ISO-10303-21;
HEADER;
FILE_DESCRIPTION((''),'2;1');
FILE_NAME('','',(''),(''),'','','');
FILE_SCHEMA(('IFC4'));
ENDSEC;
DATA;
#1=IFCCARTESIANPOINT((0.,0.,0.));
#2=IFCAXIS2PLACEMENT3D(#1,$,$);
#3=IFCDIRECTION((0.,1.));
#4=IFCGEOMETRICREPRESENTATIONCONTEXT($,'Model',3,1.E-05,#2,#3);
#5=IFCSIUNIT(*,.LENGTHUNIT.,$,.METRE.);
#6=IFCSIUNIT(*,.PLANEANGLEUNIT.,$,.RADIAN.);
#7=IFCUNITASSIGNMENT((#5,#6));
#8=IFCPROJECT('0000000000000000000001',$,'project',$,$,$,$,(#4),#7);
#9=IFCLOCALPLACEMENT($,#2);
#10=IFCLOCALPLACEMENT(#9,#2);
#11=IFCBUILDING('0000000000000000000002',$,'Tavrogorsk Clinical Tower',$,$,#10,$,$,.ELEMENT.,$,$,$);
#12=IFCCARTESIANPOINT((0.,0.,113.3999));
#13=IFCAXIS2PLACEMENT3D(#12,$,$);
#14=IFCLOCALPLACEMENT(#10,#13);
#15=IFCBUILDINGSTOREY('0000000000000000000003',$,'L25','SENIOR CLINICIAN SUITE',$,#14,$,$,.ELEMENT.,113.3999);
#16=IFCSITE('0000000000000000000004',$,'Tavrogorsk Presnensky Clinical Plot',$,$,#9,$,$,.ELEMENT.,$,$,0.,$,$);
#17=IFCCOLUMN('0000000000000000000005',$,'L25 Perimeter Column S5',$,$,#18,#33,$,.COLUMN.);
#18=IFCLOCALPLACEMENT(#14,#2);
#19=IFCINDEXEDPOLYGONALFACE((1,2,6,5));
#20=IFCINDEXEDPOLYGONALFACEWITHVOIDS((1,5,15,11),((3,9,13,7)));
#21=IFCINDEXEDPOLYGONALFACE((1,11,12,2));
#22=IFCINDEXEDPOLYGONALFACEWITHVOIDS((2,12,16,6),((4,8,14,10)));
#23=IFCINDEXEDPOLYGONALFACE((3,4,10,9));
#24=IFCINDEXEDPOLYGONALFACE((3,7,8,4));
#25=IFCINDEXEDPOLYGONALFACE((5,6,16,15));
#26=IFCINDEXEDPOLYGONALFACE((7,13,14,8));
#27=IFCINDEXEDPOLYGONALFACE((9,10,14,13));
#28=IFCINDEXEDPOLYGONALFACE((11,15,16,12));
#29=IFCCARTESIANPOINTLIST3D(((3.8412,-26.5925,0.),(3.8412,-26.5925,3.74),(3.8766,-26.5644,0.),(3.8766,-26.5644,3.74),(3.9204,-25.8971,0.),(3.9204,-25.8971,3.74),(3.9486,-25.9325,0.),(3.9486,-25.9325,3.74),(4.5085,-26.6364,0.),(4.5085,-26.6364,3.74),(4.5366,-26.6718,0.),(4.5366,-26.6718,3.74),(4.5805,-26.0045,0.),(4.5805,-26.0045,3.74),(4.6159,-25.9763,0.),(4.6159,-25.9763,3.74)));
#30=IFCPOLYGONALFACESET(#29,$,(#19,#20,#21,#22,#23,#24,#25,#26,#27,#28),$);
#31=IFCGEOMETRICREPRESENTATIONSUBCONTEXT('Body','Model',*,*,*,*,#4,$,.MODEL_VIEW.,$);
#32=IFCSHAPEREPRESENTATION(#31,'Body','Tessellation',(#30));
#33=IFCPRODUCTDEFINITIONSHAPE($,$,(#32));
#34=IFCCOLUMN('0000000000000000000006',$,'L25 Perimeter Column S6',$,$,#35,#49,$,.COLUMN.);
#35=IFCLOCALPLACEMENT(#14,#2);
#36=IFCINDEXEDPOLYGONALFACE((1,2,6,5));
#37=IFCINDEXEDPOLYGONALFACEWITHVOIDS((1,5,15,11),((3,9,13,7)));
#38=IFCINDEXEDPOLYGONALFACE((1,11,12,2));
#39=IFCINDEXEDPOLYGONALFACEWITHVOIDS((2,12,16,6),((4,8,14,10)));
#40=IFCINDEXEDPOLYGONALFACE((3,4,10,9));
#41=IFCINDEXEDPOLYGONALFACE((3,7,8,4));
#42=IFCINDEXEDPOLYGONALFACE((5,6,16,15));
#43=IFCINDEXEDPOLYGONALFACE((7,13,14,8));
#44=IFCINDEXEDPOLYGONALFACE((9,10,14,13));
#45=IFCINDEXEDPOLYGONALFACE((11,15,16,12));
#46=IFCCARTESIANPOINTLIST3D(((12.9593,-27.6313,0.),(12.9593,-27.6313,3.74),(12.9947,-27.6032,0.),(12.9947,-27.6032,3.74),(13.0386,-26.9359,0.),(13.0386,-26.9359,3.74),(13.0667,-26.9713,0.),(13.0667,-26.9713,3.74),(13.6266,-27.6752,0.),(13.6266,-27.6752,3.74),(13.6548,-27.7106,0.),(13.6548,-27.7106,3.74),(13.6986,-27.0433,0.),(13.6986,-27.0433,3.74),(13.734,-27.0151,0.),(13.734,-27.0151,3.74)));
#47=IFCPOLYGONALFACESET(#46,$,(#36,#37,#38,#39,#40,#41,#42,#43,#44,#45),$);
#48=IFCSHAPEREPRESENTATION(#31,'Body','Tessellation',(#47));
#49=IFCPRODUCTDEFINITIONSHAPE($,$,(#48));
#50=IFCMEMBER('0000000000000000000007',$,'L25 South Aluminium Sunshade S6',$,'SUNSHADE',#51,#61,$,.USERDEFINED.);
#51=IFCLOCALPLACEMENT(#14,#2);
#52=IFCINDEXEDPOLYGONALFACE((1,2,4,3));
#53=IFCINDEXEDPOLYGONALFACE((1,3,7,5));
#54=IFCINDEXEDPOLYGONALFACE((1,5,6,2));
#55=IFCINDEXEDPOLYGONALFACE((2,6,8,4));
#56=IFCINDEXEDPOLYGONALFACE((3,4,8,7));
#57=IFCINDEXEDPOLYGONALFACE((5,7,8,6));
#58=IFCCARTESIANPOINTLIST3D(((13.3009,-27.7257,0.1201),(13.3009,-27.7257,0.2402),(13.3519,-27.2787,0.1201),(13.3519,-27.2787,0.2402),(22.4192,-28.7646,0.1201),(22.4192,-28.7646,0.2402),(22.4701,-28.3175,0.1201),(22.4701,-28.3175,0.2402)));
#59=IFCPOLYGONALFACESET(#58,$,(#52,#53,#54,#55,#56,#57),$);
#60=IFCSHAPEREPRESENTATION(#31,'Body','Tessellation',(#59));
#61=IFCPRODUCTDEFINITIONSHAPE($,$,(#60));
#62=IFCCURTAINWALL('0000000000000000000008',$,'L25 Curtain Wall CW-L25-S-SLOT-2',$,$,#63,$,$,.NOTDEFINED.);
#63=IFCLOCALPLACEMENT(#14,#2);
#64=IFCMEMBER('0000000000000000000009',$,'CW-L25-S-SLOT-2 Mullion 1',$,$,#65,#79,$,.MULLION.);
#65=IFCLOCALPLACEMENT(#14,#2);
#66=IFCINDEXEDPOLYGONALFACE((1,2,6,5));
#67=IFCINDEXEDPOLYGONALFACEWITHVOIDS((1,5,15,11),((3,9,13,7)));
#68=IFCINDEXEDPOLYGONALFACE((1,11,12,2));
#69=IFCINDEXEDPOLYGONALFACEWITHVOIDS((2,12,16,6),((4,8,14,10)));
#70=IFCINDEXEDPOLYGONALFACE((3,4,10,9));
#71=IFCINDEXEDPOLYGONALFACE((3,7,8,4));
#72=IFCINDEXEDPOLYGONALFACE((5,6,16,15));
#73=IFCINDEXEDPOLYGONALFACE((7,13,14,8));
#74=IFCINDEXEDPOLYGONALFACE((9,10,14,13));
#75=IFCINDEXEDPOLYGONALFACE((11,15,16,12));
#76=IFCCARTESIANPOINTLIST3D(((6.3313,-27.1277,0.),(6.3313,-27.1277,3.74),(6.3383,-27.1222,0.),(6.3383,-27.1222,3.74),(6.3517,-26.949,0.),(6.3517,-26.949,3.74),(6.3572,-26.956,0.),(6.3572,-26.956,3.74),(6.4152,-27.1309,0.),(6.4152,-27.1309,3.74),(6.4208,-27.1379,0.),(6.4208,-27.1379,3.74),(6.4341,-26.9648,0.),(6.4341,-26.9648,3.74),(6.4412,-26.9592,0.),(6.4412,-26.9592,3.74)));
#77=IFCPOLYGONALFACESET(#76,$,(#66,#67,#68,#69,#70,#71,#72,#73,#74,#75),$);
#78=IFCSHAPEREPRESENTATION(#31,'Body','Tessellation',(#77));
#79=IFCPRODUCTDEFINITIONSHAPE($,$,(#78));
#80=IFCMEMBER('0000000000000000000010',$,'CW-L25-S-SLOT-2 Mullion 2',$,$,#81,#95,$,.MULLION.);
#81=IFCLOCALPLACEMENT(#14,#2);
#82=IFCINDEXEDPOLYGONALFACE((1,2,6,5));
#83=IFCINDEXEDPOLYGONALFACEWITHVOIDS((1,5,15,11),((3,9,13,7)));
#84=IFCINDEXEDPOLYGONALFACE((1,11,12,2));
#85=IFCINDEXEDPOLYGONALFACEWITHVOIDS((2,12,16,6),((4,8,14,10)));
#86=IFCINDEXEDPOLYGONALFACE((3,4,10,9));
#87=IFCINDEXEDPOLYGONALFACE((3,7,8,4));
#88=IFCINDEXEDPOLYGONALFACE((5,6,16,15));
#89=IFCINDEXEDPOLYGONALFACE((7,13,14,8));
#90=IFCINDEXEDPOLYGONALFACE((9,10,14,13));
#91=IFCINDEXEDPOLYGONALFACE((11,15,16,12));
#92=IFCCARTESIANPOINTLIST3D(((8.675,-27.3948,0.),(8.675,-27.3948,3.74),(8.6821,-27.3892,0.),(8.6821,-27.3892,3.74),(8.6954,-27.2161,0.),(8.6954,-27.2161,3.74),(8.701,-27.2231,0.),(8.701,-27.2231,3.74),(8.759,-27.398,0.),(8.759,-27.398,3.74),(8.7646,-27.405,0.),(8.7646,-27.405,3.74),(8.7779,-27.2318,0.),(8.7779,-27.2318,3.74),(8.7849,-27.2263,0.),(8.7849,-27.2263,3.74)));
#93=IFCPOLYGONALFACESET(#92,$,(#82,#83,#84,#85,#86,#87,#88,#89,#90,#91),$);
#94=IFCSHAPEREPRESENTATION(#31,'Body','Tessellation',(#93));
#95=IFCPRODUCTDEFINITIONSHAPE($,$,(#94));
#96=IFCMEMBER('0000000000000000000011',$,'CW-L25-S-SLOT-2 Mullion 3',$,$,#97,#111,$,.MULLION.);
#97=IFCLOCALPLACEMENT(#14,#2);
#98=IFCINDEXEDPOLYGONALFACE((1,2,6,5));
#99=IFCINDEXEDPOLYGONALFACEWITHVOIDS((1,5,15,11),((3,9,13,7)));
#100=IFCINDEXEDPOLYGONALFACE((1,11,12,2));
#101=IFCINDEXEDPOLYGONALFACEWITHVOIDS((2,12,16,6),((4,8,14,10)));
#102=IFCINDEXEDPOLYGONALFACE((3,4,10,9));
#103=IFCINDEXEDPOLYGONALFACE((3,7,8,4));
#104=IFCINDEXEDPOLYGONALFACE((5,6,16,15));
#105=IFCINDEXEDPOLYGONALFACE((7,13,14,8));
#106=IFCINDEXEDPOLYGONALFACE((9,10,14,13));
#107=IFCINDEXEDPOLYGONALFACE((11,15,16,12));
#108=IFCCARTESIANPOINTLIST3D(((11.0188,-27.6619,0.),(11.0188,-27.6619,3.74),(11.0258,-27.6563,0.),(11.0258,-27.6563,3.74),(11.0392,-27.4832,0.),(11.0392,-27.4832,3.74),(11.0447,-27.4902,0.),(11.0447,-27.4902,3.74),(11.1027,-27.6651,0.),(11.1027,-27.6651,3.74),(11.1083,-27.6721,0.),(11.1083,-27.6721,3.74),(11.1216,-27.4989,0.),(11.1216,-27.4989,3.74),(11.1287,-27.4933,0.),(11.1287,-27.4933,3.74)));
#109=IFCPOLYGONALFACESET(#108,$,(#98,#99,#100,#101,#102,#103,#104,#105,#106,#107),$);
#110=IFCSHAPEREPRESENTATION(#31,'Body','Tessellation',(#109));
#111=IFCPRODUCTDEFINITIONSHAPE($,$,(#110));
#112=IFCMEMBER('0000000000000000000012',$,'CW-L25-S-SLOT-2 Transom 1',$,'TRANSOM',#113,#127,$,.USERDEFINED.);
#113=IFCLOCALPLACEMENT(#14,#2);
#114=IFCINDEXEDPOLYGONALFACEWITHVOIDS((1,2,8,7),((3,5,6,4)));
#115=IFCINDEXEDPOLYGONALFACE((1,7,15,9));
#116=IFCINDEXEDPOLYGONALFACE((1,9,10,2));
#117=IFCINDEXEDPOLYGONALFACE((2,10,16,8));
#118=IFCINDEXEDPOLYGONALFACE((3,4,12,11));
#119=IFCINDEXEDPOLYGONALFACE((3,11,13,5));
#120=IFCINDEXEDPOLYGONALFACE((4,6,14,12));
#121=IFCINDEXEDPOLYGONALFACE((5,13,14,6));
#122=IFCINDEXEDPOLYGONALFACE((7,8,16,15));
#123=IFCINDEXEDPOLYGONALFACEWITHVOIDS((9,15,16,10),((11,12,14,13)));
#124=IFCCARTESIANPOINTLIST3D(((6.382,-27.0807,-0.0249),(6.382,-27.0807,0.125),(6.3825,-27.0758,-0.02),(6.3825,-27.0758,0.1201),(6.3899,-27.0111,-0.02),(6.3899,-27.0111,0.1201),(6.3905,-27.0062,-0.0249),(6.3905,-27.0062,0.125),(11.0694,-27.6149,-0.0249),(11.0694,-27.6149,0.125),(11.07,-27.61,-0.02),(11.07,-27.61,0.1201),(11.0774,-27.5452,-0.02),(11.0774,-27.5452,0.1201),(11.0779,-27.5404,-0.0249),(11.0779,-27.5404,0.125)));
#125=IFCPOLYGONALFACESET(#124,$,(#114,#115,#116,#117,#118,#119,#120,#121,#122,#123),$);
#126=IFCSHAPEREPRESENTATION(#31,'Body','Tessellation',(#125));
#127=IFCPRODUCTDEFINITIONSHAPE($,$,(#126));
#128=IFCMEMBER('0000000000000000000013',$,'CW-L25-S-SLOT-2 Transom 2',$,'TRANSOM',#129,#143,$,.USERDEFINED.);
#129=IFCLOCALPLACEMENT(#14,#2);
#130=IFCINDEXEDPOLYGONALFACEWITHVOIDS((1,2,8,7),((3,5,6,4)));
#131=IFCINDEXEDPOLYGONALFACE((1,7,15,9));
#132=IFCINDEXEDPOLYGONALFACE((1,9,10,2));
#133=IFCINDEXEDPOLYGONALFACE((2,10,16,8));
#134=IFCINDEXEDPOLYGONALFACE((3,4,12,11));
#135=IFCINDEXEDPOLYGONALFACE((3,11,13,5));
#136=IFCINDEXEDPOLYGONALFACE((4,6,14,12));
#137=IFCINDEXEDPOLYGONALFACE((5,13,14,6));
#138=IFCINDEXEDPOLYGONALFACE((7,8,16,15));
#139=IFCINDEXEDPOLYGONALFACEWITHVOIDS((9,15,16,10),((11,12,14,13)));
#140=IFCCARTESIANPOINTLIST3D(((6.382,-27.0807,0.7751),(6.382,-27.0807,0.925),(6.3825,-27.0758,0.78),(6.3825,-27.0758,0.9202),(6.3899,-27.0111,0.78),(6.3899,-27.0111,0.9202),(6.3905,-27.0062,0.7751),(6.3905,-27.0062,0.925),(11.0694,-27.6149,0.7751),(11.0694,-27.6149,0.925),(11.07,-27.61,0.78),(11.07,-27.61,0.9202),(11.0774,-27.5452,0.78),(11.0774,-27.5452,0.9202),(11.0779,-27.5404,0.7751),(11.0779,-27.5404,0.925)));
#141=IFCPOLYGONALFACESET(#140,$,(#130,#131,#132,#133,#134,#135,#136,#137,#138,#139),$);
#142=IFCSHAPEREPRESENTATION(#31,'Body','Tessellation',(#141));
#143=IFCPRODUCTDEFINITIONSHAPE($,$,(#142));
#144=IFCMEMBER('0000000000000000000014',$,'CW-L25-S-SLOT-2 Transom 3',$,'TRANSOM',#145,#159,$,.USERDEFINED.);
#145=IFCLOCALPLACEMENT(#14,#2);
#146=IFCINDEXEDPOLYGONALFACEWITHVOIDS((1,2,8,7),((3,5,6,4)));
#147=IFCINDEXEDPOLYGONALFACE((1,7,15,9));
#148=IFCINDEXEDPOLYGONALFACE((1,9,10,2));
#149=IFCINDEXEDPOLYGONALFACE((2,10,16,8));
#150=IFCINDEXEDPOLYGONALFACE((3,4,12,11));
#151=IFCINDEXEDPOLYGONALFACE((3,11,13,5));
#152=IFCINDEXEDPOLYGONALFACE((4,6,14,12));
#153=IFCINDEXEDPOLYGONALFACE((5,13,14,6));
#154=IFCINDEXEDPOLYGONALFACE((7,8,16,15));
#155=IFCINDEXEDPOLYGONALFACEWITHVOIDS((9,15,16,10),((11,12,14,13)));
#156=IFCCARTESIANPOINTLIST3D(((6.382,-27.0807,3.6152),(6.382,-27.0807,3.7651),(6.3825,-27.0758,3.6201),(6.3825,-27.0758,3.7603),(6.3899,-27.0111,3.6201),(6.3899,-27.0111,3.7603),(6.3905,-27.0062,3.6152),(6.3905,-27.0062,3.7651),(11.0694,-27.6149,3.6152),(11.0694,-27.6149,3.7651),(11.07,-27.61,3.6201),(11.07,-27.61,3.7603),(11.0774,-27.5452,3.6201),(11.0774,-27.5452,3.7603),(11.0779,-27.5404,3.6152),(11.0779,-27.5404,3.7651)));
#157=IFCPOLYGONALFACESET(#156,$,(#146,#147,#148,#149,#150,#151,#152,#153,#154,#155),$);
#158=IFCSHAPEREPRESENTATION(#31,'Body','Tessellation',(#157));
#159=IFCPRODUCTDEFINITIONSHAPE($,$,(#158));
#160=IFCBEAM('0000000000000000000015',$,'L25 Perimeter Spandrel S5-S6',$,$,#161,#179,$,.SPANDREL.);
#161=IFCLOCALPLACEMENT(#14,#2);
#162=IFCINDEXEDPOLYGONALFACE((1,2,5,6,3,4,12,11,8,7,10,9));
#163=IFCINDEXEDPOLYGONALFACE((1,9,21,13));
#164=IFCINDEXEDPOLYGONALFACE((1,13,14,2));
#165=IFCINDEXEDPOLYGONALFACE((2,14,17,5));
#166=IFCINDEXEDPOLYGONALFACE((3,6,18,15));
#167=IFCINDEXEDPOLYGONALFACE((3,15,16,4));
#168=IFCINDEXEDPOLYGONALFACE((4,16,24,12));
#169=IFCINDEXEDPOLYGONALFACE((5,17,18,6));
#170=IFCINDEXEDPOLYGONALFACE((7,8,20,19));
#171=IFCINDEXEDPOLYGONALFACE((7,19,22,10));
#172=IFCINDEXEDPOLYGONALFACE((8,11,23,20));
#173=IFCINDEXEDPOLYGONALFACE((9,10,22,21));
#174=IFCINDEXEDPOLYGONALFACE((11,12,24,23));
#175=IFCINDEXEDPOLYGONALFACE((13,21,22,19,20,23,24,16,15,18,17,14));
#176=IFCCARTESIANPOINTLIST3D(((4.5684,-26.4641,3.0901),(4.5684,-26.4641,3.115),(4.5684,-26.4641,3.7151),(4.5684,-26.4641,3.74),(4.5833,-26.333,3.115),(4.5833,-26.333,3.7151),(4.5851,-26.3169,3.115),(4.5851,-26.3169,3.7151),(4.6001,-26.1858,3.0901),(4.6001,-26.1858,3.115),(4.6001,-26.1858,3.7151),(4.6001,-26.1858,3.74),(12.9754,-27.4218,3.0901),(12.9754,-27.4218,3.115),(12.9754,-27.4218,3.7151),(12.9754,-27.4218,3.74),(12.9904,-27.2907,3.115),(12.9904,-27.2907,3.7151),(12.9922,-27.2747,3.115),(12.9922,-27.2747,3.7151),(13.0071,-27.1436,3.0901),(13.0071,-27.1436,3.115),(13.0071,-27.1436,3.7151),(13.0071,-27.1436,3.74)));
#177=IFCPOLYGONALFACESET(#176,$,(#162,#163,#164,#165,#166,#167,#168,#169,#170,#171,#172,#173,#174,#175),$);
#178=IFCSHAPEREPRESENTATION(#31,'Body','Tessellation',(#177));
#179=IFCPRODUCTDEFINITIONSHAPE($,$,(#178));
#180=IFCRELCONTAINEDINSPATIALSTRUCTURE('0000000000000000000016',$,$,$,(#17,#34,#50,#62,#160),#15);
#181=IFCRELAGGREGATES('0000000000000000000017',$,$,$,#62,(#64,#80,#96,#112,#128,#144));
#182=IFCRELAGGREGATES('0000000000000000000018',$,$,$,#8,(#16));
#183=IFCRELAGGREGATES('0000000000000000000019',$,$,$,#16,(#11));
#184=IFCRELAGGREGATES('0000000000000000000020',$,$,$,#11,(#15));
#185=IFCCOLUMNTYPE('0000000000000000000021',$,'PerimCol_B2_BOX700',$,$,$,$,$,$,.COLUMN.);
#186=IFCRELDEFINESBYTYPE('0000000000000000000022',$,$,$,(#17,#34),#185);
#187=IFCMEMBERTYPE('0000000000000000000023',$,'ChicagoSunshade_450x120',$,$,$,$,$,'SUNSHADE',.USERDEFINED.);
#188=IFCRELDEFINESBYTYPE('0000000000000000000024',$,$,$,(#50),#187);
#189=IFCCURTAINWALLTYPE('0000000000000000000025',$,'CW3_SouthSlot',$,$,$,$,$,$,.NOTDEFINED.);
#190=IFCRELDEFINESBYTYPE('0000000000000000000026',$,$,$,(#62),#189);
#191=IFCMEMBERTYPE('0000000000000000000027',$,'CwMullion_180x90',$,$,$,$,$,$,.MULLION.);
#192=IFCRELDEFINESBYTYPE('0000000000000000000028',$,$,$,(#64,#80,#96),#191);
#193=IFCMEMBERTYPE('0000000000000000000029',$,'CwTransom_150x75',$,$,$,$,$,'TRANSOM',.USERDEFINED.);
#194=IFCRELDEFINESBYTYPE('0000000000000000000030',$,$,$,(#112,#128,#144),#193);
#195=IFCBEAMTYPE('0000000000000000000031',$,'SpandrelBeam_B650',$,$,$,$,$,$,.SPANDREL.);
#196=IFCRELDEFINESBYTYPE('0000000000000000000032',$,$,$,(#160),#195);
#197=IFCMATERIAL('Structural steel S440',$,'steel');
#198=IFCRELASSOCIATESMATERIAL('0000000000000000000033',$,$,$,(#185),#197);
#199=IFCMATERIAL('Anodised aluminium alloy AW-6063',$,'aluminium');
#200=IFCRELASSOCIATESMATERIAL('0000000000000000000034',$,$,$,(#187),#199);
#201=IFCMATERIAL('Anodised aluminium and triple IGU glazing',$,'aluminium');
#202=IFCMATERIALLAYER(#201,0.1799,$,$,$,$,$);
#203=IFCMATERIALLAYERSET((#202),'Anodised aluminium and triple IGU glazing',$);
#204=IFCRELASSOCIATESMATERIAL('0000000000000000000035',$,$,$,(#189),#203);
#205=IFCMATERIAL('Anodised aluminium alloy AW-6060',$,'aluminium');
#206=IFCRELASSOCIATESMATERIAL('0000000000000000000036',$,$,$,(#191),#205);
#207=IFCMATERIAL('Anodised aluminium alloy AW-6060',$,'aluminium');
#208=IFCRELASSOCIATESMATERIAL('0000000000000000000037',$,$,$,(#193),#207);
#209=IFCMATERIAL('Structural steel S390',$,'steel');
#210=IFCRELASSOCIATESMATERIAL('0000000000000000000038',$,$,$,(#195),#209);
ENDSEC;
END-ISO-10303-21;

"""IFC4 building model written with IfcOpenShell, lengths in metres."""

from ifc_helpers import new_model, si_unit, direction, frame, origin, origin_2d, place, context, subcontext, project, spatial, rectangle, hollow_rectangle, i_section, extrude, material, layer, layer_set, material_profile, profile_set, type_object, element, aggregate, save


model = new_model("IFC4")

# Units and contexts
model_context = context("Model", 3, precision=1e-05, world=origin(), true_north=direction((0.0, 1.0)))
body_context = subcontext(model_context, "Body", "Model", "MODEL_VIEW")
ifc_project = project(units=[si_unit("LENGTHUNIT", "METRE"), si_unit("PLANEANGLEUNIT", "RADIAN")], contexts=[model_context])

# Site, building, storey
site_placement = place(None, origin())
site = spatial("IfcSite", under=ifc_project, at=site_placement, Name="Tavrogorsk Presnensky Clinical Plot", CompositionType="ELEMENT", RefElevation=0.0)
building_placement = place(site_placement, origin())
building = spatial("IfcBuilding", under=site, at=building_placement, Name="Tavrogorsk Clinical Tower", CompositionType="ELEMENT")
storey_placement = place(building_placement, frame((0.0, 0.0, 113.3999)))
storey = spatial("IfcBuildingStorey", under=building, at=storey_placement, Name="L25", Description="SENIOR CLINICIAN SUITE", CompositionType="ELEMENT", Elevation=113.3999)

# Columns
ifc_material_1 = material(Name="Structural steel S440", Category="steel")
ifc_material_profile_1 = material_profile(ifc_material_1, hollow_rectangle(XDim=0.7, YDim=0.7, WallThickness=0.032, at=origin_2d()), Name="BOX-700x700x32")
ifc_profile_set_1 = profile_set([ifc_material_profile_1], Name="Structural steel S440")
column_type = type_object("IfcColumnType", Name="PerimCol_B2_BOX700", PredefinedType="COLUMN", material=ifc_profile_set_1)
for number, where, z_axis, x_axis, name in (
    (1, (4.2285, -26.2844, 0.0), (0.0, 0.0, 1.0), (0.993572, -0.113203, 0.0), "L25 Perimeter Column S5"),
    (2, (13.3467, -27.3232, 0.0), (0.0, 0.0, 1.0), (0.993572, -0.113203, 0.0), "L25 Perimeter Column S6"),
):
    element("IfcColumn", number, at=place(storey_placement, frame(where, z_axis=z_axis, x_axis=x_axis)), inside=storey, type_object=column_type, Name=name, PredefinedType="COLUMN", context=body_context, shape_type="SweptSolid", body=[
        extrude(hollow_rectangle(XDim=0.7, YDim=0.7, WallThickness=0.032, at=origin_2d()), origin(), (0.0, 0.0, 1.0), 3.74),
    ])

# Member
ifc_material_2 = material(Name="Anodised aluminium alloy AW-6063", Category="aluminium")
ifc_material_profile_2 = material_profile(ifc_material_2, rectangle(XDim=0.45, YDim=0.1201, at=origin_2d()), Name="ALU-SUNSHADE-450x120")
ifc_profile_set_2 = profile_set([ifc_material_profile_2], Name="Anodised aluminium alloy AW-6063")
member_type_1 = type_object("IfcMemberType", Name="ChicagoSunshade_450x120", ElementType="SUNSHADE", PredefinedType="USERDEFINED", material=ifc_profile_set_2)
member_1_placement = place(storey_placement, frame((13.3264, -27.5022, 0.1802), z_axis=(0.993573, -0.113196, 0.0), x_axis=(0.113196, 0.993573, 0.0)))
element("IfcMember", 3, at=member_1_placement, inside=storey, type_object=member_type_1, Name="L25 South Aluminium Sunshade S6", ObjectType="SUNSHADE", PredefinedType="USERDEFINED", context=body_context, shape_type="SweptSolid", body=[
    extrude(rectangle(XDim=0.45, YDim=0.1201, at=origin_2d()), origin(), (0.0, 0.0, 1.0), 9.1772),
])

# Curtain wall, members
ifc_material_3 = material(Name="Anodised aluminium and triple IGU glazing", Category="aluminium")
ifc_layer_1 = layer(ifc_material_3, 0.1799)
ifc_layer_set_1 = layer_set([ifc_layer_1], Name="Anodised aluminium and triple IGU glazing")
curtain_wall_type = type_object("IfcCurtainWallType", Name="CW3_SouthSlot", PredefinedType="NOTDEFINED", material=ifc_layer_set_1)
curtain_wall_placement = place(storey_placement, origin())
curtain_wall = element("IfcCurtainWall", 4, at=curtain_wall_placement, inside=storey, type_object=curtain_wall_type, Name="L25 Curtain Wall CW-L25-S-SLOT-2", PredefinedType="NOTDEFINED")
ifc_material_4 = material(Name="Anodised aluminium alloy AW-6060", Category="aluminium")
ifc_material_profile_3 = material_profile(ifc_material_4, hollow_rectangle(XDim=0.0901, YDim=0.1799, WallThickness=0.0063, at=origin_2d()), Name="RHS-180x90x6.3")
ifc_profile_set_3 = profile_set([ifc_material_profile_3], Name="Anodised aluminium alloy AW-6060")
member_type_2 = type_object("IfcMemberType", Name="CwMullion_180x90", PredefinedType="MULLION", material=ifc_profile_set_3)
member_2_placement = place(storey_placement, frame((6.3862, -27.0435, 0.0), z_axis=(0.0, 0.0, 1.0), x_axis=(0.993572, -0.113203, 0.0)))
member_2 = element("IfcMember", 5, at=member_2_placement, type_object=member_type_2, Name="CW-L25-S-SLOT-2 Mullion 1", PredefinedType="MULLION", context=body_context, shape_type="SweptSolid", body=[
    extrude(hollow_rectangle(XDim=0.0901, YDim=0.1799, WallThickness=0.0063, at=origin_2d()), origin(), (0.0, 0.0, 1.0), 3.74),
])
member_3_placement = place(storey_placement, frame((8.73, -27.3105, 0.0), z_axis=(0.0, 0.0, 1.0), x_axis=(0.993572, -0.113203, 0.0)))
member_3 = element("IfcMember", 6, at=member_3_placement, type_object=member_type_2, Name="CW-L25-S-SLOT-2 Mullion 2", PredefinedType="MULLION", context=body_context, shape_type="SweptSolid", body=[
    extrude(hollow_rectangle(XDim=0.0901, YDim=0.1799, WallThickness=0.0063, at=origin_2d()), origin(), (0.0, 0.0, 1.0), 3.74),
])
member_4_placement = place(storey_placement, frame((11.0737, -27.5776, 0.0), z_axis=(0.0, 0.0, 1.0), x_axis=(0.993572, -0.113203, 0.0)))
member_4 = element("IfcMember", 7, at=member_4_placement, type_object=member_type_2, Name="CW-L25-S-SLOT-2 Mullion 3", PredefinedType="MULLION", context=body_context, shape_type="SweptSolid", body=[
    extrude(hollow_rectangle(XDim=0.0901, YDim=0.1799, WallThickness=0.0063, at=origin_2d()), origin(), (0.0, 0.0, 1.0), 3.74),
])
ifc_material_5 = material(Name="Anodised aluminium alloy AW-6060", Category="aluminium")
ifc_material_profile_4 = material_profile(ifc_material_5, hollow_rectangle(XDim=0.075, YDim=0.1499, WallThickness=0.0049, at=origin_2d()), Name="RHS-150x75x5")
ifc_profile_set_4 = profile_set([ifc_material_profile_4], Name="Anodised aluminium alloy AW-6060")
member_type_3 = type_object("IfcMemberType", Name="CwTransom_150x75", ElementType="TRANSOM", PredefinedType="USERDEFINED", material=ifc_profile_set_4)
member_5_placement = place(storey_placement, frame((6.3862, -27.0435, 0.05), z_axis=(0.993569, -0.113226, 0.0), x_axis=(0.113226, 0.993569, 0.0)))
member_5 = element("IfcMember", 8, at=member_5_placement, type_object=member_type_3, Name="CW-L25-S-SLOT-2 Transom 1", ObjectType="TRANSOM", PredefinedType="USERDEFINED", context=body_context, shape_type="SweptSolid", body=[
    extrude(hollow_rectangle(XDim=0.075, YDim=0.1499, WallThickness=0.0049, at=origin_2d()), origin(), (0.0, 0.0, 1.0), 4.7178),
])
member_6_placement = place(storey_placement, frame((6.3862, -27.0435, 0.8501), z_axis=(0.993569, -0.113226, 0.0), x_axis=(0.113226, 0.993569, 0.0)))
member_6 = element("IfcMember", 9, at=member_6_placement, type_object=member_type_3, Name="CW-L25-S-SLOT-2 Transom 2", ObjectType="TRANSOM", PredefinedType="USERDEFINED", context=body_context, shape_type="SweptSolid", body=[
    extrude(hollow_rectangle(XDim=0.075, YDim=0.1499, WallThickness=0.0049, at=origin_2d()), origin(), (0.0, 0.0, 1.0), 4.7178),
])
member_7_placement = place(storey_placement, frame((6.3862, -27.0435, 3.6902), z_axis=(0.993569, -0.113226, 0.0), x_axis=(0.113226, 0.993569, 0.0)))
member_7 = element("IfcMember", 10, at=member_7_placement, type_object=member_type_3, Name="CW-L25-S-SLOT-2 Transom 3", ObjectType="TRANSOM", PredefinedType="USERDEFINED", context=body_context, shape_type="SweptSolid", body=[
    extrude(hollow_rectangle(XDim=0.075, YDim=0.1499, WallThickness=0.0049, at=origin_2d()), origin(), (0.0, 0.0, 1.0), 4.7178),
])

# Beam
ifc_material_6 = material(Name="Structural steel S390", Category="steel")
ifc_material_profile_5 = material_profile(ifc_material_6, i_section(OverallWidth=0.28, OverallDepth=0.6499, WebThickness=0.0161, FlangeThickness=0.0249, at=origin_2d()), Name="B-650x280x16x25")
ifc_profile_set_5 = profile_set([ifc_material_profile_5], Name="Structural steel S390")
beam_type = type_object("IfcBeamType", Name="SpandrelBeam_B650", PredefinedType="SPANDREL", material=ifc_profile_set_5)
for number, where, z_axis, x_axis, name in (
    (11, (4.5842, -26.325, 3.415), (0.993573, -0.113193, 0.0), (0.113193, 0.993573, 0.0), "L25 Perimeter Spandrel S5-S6"),
):
    element("IfcBeam", number, at=place(storey_placement, frame(where, z_axis=z_axis, x_axis=x_axis)), inside=storey, type_object=beam_type, Name=name, PredefinedType="SPANDREL", context=body_context, shape_type="SweptSolid", body=[
        extrude(i_section(OverallWidth=0.28, OverallDepth=0.6499, WebThickness=0.0161, FlangeThickness=0.0249, at=origin_2d()), origin(), (0.0, 0.0, 1.0), 8.4614),
    ])

aggregate(curtain_wall, [member_2, member_3, member_4, member_5, member_6, member_7])

save(model, "model.ifc")
